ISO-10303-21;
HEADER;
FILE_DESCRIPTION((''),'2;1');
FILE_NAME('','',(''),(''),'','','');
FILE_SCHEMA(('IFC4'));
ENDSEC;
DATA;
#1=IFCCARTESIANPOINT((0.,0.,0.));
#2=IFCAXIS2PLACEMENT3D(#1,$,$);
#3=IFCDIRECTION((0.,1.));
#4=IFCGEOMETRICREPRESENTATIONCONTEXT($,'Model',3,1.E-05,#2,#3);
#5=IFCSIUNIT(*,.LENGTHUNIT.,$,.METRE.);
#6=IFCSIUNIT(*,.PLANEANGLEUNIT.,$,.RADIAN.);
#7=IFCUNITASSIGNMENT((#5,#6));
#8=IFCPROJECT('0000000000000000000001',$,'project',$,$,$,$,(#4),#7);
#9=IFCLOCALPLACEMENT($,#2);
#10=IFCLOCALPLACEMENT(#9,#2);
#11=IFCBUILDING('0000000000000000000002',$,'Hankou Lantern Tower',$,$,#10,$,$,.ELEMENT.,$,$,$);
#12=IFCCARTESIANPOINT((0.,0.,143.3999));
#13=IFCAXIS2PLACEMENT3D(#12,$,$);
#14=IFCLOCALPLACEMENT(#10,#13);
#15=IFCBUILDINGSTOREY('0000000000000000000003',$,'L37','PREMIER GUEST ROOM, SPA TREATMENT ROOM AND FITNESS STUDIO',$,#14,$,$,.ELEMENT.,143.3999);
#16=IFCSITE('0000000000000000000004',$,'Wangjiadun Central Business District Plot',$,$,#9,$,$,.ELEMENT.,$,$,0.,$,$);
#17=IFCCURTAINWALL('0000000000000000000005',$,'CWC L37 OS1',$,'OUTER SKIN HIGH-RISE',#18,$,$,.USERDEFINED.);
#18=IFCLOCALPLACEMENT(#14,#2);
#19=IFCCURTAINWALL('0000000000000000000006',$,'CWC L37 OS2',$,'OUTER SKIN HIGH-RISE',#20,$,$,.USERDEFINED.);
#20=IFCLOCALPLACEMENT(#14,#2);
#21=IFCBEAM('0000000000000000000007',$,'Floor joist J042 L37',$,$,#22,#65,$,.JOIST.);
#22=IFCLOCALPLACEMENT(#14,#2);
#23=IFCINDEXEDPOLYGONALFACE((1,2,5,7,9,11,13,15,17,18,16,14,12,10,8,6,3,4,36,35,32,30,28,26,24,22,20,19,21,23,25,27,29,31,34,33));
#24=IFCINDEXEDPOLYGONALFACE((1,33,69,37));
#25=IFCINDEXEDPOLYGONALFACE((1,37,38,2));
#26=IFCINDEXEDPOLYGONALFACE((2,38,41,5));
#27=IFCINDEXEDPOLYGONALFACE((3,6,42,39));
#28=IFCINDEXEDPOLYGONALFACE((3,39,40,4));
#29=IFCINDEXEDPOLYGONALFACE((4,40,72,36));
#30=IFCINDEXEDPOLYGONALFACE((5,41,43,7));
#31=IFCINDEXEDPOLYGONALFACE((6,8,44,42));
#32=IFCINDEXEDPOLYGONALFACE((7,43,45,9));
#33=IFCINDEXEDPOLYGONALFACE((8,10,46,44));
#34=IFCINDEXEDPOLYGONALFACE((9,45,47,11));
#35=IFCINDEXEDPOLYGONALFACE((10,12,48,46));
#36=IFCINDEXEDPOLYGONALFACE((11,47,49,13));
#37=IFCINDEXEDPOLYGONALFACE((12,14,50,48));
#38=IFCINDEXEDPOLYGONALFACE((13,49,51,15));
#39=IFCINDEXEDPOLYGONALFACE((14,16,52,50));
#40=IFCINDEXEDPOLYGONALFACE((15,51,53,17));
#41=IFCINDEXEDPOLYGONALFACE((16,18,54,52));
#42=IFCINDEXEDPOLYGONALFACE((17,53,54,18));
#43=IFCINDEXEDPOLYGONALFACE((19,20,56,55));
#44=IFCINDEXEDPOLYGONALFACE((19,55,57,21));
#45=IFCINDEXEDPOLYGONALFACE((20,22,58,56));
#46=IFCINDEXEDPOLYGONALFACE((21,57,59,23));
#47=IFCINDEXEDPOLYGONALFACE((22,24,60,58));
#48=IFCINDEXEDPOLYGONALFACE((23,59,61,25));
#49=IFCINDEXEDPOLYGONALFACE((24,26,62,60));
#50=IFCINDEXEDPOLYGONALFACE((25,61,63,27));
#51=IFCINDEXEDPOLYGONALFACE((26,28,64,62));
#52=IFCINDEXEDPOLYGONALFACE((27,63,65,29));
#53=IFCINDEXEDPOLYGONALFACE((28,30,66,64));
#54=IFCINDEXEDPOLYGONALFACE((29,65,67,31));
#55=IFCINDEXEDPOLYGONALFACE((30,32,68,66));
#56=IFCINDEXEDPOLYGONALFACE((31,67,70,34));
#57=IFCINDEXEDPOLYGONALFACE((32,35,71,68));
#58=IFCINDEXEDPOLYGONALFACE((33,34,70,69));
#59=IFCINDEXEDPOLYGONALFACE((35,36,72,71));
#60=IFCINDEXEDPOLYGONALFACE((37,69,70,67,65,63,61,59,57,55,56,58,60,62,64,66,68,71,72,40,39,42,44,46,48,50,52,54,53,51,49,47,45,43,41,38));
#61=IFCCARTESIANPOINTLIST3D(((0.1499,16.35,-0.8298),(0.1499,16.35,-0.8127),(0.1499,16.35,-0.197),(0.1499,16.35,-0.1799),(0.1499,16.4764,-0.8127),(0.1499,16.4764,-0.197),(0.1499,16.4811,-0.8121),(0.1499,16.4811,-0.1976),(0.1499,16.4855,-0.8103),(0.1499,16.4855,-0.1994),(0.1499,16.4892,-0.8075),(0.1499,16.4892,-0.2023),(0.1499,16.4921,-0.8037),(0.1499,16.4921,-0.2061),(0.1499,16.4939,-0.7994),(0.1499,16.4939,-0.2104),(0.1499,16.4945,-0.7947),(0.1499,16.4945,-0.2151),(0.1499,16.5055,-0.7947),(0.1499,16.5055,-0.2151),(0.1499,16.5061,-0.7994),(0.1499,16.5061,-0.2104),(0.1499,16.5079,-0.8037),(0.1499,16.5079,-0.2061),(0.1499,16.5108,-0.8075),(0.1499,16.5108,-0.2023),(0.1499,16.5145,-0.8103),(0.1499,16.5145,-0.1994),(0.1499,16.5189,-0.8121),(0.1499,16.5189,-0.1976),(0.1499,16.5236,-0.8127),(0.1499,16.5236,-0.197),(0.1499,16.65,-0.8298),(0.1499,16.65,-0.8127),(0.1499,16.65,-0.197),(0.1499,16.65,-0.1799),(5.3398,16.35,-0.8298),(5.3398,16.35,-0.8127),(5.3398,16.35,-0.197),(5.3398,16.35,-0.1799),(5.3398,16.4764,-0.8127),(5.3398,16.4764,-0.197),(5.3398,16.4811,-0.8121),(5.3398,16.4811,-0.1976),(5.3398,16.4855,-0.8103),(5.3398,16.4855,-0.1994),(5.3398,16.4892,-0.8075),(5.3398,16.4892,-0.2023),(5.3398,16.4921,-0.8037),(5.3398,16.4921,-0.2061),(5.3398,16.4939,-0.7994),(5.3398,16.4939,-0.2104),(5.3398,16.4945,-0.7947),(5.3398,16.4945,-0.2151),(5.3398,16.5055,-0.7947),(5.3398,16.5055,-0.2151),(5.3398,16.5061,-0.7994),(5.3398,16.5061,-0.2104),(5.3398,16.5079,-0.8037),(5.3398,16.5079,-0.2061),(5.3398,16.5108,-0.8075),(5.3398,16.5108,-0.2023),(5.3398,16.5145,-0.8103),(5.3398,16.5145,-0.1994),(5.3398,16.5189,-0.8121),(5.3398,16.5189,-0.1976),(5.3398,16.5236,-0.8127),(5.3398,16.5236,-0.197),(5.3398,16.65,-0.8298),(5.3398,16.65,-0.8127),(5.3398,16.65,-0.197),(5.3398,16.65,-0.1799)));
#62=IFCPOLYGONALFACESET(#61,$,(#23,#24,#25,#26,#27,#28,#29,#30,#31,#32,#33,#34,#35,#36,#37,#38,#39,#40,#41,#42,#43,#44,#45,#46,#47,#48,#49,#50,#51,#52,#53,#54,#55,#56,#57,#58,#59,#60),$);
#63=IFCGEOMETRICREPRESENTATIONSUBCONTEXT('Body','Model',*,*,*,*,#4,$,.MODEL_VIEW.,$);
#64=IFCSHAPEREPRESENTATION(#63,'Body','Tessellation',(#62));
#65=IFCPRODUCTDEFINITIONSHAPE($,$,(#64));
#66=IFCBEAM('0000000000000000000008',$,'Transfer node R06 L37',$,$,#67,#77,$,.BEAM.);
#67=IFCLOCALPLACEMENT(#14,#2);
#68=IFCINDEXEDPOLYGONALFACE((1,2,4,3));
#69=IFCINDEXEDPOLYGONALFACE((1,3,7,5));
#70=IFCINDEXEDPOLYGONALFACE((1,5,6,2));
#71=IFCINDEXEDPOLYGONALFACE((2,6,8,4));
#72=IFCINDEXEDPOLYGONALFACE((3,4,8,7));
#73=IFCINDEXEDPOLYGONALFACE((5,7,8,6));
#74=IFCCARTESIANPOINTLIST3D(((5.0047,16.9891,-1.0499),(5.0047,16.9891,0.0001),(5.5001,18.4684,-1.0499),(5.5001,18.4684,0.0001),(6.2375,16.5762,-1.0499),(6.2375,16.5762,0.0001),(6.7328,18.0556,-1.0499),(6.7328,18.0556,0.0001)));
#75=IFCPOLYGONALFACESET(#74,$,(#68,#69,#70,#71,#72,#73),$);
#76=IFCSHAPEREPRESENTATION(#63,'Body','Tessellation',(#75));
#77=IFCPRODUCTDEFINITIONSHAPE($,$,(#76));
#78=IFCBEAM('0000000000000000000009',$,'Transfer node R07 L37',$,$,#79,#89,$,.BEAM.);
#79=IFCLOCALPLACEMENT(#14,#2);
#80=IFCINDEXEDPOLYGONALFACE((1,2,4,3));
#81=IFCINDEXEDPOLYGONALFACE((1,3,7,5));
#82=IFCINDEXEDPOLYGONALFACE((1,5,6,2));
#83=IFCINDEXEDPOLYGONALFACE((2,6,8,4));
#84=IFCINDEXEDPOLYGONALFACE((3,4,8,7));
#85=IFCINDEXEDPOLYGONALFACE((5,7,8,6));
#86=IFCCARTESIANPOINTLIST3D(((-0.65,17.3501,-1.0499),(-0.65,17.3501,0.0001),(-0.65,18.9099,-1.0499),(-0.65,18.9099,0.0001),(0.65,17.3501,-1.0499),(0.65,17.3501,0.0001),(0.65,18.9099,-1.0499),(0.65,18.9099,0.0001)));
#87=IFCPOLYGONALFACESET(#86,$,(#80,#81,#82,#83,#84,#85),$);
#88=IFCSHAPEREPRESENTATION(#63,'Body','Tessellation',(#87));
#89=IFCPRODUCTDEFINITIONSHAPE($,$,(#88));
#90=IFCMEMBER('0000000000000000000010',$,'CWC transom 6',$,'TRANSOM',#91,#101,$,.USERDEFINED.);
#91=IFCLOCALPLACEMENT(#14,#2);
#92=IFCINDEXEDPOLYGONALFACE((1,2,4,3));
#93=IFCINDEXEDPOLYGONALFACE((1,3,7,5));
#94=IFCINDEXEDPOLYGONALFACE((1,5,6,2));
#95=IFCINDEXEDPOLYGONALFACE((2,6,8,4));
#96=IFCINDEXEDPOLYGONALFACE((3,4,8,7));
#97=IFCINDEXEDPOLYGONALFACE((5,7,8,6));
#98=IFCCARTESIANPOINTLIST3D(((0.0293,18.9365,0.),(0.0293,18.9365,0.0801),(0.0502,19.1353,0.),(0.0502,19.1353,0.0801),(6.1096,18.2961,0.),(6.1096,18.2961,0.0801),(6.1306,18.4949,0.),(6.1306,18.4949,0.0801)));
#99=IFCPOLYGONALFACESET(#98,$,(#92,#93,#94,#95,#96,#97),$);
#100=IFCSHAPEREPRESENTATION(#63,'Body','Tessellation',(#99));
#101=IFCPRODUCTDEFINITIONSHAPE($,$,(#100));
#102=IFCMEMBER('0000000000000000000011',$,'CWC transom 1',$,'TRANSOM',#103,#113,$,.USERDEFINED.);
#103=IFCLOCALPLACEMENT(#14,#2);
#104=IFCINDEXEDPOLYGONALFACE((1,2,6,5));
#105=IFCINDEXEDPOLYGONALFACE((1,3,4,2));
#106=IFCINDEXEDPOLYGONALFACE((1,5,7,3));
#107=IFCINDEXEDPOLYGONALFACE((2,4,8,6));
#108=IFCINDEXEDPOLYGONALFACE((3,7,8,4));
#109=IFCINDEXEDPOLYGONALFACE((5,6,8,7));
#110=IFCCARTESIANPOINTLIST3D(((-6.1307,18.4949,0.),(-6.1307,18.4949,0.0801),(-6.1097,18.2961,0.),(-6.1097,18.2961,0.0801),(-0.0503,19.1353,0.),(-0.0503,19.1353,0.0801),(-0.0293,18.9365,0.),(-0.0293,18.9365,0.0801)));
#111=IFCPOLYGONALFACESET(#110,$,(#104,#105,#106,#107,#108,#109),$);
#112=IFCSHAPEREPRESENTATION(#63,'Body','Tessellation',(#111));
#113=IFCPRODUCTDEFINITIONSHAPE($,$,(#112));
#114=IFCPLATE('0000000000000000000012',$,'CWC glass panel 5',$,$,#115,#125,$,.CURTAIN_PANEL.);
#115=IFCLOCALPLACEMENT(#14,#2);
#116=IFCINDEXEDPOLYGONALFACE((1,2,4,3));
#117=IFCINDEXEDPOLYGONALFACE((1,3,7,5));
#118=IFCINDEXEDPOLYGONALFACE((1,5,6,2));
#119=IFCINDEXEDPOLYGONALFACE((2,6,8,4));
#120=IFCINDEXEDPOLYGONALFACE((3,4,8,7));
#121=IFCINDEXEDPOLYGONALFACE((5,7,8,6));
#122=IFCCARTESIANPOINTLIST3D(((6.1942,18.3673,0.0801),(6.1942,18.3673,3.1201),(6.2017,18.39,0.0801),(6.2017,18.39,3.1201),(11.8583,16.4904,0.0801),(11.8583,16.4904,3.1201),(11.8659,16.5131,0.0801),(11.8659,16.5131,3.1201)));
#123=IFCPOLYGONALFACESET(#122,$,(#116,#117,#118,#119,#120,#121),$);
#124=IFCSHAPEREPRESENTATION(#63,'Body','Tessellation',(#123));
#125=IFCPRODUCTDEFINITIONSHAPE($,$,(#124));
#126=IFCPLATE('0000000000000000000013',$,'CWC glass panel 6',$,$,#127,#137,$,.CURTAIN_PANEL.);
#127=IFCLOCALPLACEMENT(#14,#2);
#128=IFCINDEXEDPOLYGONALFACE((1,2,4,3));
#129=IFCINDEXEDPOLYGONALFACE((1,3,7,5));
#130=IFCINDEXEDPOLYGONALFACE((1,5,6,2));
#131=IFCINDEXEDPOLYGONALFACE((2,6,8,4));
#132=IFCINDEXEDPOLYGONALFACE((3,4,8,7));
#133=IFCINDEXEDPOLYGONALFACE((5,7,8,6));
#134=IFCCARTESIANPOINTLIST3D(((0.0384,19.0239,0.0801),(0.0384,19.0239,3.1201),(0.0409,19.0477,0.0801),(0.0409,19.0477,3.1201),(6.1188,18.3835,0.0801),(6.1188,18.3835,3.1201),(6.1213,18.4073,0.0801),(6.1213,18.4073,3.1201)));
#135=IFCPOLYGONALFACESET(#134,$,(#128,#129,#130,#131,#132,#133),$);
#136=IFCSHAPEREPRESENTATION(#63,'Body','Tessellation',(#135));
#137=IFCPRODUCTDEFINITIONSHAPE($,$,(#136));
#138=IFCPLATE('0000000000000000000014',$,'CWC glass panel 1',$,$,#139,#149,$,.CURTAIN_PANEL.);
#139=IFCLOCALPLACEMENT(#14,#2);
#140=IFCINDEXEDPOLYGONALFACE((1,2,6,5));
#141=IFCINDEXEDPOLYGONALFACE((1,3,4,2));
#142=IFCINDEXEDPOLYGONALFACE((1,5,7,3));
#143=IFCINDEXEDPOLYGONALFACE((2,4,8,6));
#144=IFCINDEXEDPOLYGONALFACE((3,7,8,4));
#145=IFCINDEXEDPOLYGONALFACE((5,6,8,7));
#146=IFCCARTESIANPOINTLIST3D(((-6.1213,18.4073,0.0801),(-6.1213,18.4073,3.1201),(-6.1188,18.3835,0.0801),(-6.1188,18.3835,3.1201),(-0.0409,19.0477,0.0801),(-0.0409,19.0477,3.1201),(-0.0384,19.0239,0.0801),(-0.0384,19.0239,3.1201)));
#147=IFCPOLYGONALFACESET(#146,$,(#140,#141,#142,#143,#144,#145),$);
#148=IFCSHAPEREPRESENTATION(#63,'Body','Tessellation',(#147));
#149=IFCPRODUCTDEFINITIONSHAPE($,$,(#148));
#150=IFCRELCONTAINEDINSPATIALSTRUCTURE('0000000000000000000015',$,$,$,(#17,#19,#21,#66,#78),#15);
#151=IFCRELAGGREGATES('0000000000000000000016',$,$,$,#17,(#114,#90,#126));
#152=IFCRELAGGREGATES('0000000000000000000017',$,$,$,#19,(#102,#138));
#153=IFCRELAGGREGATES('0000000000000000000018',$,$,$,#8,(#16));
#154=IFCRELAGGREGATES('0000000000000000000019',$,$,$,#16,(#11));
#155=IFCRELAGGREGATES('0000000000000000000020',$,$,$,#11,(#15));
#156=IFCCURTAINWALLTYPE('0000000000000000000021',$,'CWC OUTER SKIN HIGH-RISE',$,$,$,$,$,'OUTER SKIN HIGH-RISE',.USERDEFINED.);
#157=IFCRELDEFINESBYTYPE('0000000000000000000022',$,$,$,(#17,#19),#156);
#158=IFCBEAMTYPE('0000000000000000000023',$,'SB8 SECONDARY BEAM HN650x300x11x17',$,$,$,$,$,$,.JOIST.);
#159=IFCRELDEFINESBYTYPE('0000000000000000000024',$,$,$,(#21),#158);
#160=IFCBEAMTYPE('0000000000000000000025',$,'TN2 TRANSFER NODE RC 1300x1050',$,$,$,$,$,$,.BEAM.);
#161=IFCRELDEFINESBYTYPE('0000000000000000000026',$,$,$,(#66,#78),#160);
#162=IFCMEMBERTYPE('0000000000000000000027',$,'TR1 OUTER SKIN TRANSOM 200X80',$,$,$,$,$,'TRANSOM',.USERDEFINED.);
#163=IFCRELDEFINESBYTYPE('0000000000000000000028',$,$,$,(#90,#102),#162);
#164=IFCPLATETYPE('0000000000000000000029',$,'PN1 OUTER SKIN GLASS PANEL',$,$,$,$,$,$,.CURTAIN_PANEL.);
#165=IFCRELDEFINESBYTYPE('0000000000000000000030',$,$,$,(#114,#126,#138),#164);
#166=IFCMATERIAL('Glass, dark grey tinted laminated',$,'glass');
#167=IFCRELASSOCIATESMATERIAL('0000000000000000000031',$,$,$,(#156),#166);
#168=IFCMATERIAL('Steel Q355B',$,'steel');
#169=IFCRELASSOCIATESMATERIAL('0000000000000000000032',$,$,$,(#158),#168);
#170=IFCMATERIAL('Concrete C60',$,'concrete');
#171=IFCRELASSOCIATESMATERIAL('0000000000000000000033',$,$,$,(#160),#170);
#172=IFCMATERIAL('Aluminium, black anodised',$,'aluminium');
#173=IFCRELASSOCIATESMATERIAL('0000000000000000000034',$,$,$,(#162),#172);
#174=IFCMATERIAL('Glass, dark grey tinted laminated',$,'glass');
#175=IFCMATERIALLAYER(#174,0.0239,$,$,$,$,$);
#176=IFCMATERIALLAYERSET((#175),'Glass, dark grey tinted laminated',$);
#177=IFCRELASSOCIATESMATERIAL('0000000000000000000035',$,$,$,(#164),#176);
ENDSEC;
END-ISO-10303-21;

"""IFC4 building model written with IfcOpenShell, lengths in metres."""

from ifc_helpers import new_model, si_unit, direction, frame, origin, origin_2d, place, context, subcontext, project, spatial, rectangle, i_section, extrude, material, layer, layer_set, material_profile, profile_set, type_object, element, aggregate, save


model = new_model("IFC4")

# Units and contexts
model_context = context("Model", 3, precision=1e-05, world=origin(), true_north=direction((0.0, 1.0)))
body_context = subcontext(model_context, "Body", "Model", "MODEL_VIEW")
ifc_project = project(units=[si_unit("LENGTHUNIT", "METRE"), si_unit("PLANEANGLEUNIT", "RADIAN")], contexts=[model_context])

# Site, building, storey
site_placement = place(None, origin())
site = spatial("IfcSite", under=ifc_project, at=site_placement, Name="Wangjiadun Central Business District Plot", CompositionType="ELEMENT", RefElevation=0.0)
building_placement = place(site_placement, origin())
building = spatial("IfcBuilding", under=site, at=building_placement, Name="Hankou Lantern Tower", CompositionType="ELEMENT")
storey_placement = place(building_placement, frame((0.0, 0.0, 143.3999)))
storey = spatial("IfcBuildingStorey", under=building, at=storey_placement, Name="L37", Description="PREMIER GUEST ROOM, SPA TREATMENT ROOM AND FITNESS STUDIO", CompositionType="ELEMENT", Elevation=143.3999)

# Curtain walls
ifc_material_1 = material(Name="Glass, dark grey tinted laminated", Category="glass")
curtain_wall_type = type_object("IfcCurtainWallType", Name="CWC OUTER SKIN HIGH-RISE", ElementType="OUTER SKIN HIGH-RISE", PredefinedType="USERDEFINED", material=ifc_material_1)
curtain_wall_1_placement = place(storey_placement, origin())
curtain_wall_1 = element("IfcCurtainWall", 1, at=curtain_wall_1_placement, inside=storey, type_object=curtain_wall_type, Name="CWC L37 OS1", ObjectType="OUTER SKIN HIGH-RISE", PredefinedType="USERDEFINED")
curtain_wall_2_placement = place(storey_placement, origin())
curtain_wall_2 = element("IfcCurtainWall", 2, at=curtain_wall_2_placement, inside=storey, type_object=curtain_wall_type, Name="CWC L37 OS2", ObjectType="OUTER SKIN HIGH-RISE", PredefinedType="USERDEFINED")

# Beams
ifc_material_2 = material(Name="Steel Q355B", Category="steel")
ifc_material_profile_1 = material_profile(ifc_material_2, i_section(OverallWidth=0.3, OverallDepth=0.6499, WebThickness=0.011, FlangeThickness=0.0171, FilletRadius=0.0181, at=origin_2d()), Name="HN650x300x11x17")
ifc_profile_set_1 = profile_set([ifc_material_profile_1], Name="Steel Q355B")
beam_type_1 = type_object("IfcBeamType", Name="SB8 SECONDARY BEAM HN650x300x11x17", PredefinedType="JOIST", material=ifc_profile_set_1)
beam_1_placement = place(storey_placement, frame((0.1499, 16.5, -0.5049), z_axis=(1.0, 0.0, 0.0), x_axis=(0.0, 1.0, 0.0)))
element("IfcBeam", 3, at=beam_1_placement, inside=storey, type_object=beam_type_1, Name="Floor joist J042 L37", PredefinedType="JOIST", context=body_context, shape_type="SweptSolid", body=[
    extrude(i_section(OverallWidth=0.3, OverallDepth=0.6499, WebThickness=0.011, FlangeThickness=0.0171, FilletRadius=0.0181, at=origin_2d()), origin(), (0.0, 0.0, 1.0), 5.1899),
])
ifc_material_3 = material(Name="Concrete C60", Category="concrete")
ifc_material_profile_2 = material_profile(ifc_material_3, rectangle(XDim=1.3, YDim=1.05, at=origin_2d()), Name="RC 1300x1050")
ifc_profile_set_2 = profile_set([ifc_material_profile_2], Name="Concrete C60")
beam_type_2 = type_object("IfcBeamType", Name="TN2 TRANSFER NODE RC 1300x1050", PredefinedType="BEAM", material=ifc_profile_set_2)
beam_2_placement = place(storey_placement, frame((6.1165, 18.262, -0.5249), z_axis=(-0.317542, -0.948244, 0.0), x_axis=(0.948244, -0.317542, 0.0)))
element("IfcBeam", 4, at=beam_2_placement, inside=storey, type_object=beam_type_2, Name="Transfer node R06 L37", PredefinedType="BEAM", context=body_context, shape_type="SweptSolid", body=[
    extrude(rectangle(XDim=1.3, YDim=1.05, at=origin_2d()), origin(), (0.0, 0.0, 1.0), 1.5601),
])
beam_3_placement = place(storey_placement, frame((0.0, 18.9099, -0.5249), z_axis=(0.0, -1.0, 0.0), x_axis=(1.0, 0.0, 0.0)))
element("IfcBeam", 5, at=beam_3_placement, inside=storey, type_object=beam_type_2, Name="Transfer node R07 L37", PredefinedType="BEAM", context=body_context, shape_type="SweptSolid", body=[
    extrude(rectangle(XDim=1.3, YDim=1.05, at=origin_2d()), origin(), (0.0, 0.0, 1.0), 1.5598),
])

# Members
ifc_material_4 = material(Name="Aluminium, black anodised", Category="aluminium")
ifc_material_profile_3 = material_profile(ifc_material_4, rectangle(XDim=0.2, YDim=0.0801, at=origin_2d()), Name="TR1 200X80")
ifc_profile_set_3 = profile_set([ifc_material_profile_3], Name="Aluminium, black anodised")
member_type_1 = type_object("IfcMemberType", Name="TR1 OUTER SKIN TRANSOM 200X80", ElementType="TRANSOM", PredefinedType="USERDEFINED", material=ifc_profile_set_3)
member_1_placement = place(storey_placement, frame((6.1201, 18.3955, 0.04), z_axis=(-0.9945, 0.104741, 0.0), x_axis=(-0.104741, -0.9945, 0.0)))
member_1 = element("IfcMember", 6, at=member_1_placement, type_object=member_type_1, Name="CWC transom 6", ObjectType="TRANSOM", PredefinedType="USERDEFINED", context=body_context, shape_type="SweptSolid", body=[
    extrude(rectangle(XDim=0.2, YDim=0.0801, at=origin_2d()), origin(), (0.0, 0.0, 1.0), 6.114),
])
member_2_placement = place(storey_placement, frame((-0.0398, 19.0359, 0.04), z_axis=(-0.9945, -0.104741, 0.0), x_axis=(0.104741, -0.9945, 0.0)))
member_2 = element("IfcMember", 7, at=member_2_placement, type_object=member_type_1, Name="CWC transom 1", ObjectType="TRANSOM", PredefinedType="USERDEFINED", context=body_context, shape_type="SweptSolid", body=[
    extrude(rectangle(XDim=0.2, YDim=0.0801, at=origin_2d()), origin(), (0.0, 0.0, 1.0), 6.114),
])

# Plates
ifc_material_5 = material(Name="Glass, dark grey tinted laminated", Category="glass")
ifc_layer_1 = layer(ifc_material_5, 0.0239)
ifc_layer_set_1 = layer_set([ifc_layer_1], Name="Glass, dark grey tinted laminated")
plate_type = type_object("IfcPlateType", Name="PN1 OUTER SKIN GLASS PANEL", PredefinedType="CURTAIN_PANEL", material=ifc_layer_set_1)
plate_1_placement = place(storey_placement, frame((9.03, 17.4402, 0.0801), z_axis=(0.0, 0.0, 1.0), x_axis=(-0.949241, 0.314551, 0.0)))
plate_1 = element("IfcPlate", 8, at=plate_1_placement, type_object=plate_type, Name="CWC glass panel 5", PredefinedType="CURTAIN_PANEL", context=body_context, shape_type="SweptSolid", body=[
    extrude(rectangle(XDim=5.967, YDim=0.0239, at=origin_2d()), origin(), (0.0, 0.0, 1.0), 3.04),
])
plate_2_placement = place(storey_placement, frame((3.0798, 18.7156, 0.0801), z_axis=(0.0, 0.0, 1.0), x_axis=(-0.994499, 0.104743, 0.0)))
plate_2 = element("IfcPlate", 9, at=plate_2_placement, type_object=plate_type, Name="CWC glass panel 6", PredefinedType="CURTAIN_PANEL", context=body_context, shape_type="SweptSolid", body=[
    extrude(rectangle(XDim=6.114, YDim=0.0239, at=origin_2d()), origin(), (0.0, 0.0, 1.0), 3.04),
])
aggregate(curtain_wall_1, [plate_1, member_1, plate_2])
plate_3_placement = place(storey_placement, frame((-3.0798, 18.7156, 0.0801), z_axis=(0.0, 0.0, 1.0), x_axis=(-0.994499, -0.104743, 0.0)))
plate_3 = element("IfcPlate", 10, at=plate_3_placement, type_object=plate_type, Name="CWC glass panel 1", PredefinedType="CURTAIN_PANEL", context=body_context, shape_type="SweptSolid", body=[
    extrude(rectangle(XDim=6.114, YDim=0.0239, at=origin_2d()), origin(), (0.0, 0.0, 1.0), 3.04),
])
aggregate(curtain_wall_2, [member_2, plate_3])

save(model, "model.ifc")
